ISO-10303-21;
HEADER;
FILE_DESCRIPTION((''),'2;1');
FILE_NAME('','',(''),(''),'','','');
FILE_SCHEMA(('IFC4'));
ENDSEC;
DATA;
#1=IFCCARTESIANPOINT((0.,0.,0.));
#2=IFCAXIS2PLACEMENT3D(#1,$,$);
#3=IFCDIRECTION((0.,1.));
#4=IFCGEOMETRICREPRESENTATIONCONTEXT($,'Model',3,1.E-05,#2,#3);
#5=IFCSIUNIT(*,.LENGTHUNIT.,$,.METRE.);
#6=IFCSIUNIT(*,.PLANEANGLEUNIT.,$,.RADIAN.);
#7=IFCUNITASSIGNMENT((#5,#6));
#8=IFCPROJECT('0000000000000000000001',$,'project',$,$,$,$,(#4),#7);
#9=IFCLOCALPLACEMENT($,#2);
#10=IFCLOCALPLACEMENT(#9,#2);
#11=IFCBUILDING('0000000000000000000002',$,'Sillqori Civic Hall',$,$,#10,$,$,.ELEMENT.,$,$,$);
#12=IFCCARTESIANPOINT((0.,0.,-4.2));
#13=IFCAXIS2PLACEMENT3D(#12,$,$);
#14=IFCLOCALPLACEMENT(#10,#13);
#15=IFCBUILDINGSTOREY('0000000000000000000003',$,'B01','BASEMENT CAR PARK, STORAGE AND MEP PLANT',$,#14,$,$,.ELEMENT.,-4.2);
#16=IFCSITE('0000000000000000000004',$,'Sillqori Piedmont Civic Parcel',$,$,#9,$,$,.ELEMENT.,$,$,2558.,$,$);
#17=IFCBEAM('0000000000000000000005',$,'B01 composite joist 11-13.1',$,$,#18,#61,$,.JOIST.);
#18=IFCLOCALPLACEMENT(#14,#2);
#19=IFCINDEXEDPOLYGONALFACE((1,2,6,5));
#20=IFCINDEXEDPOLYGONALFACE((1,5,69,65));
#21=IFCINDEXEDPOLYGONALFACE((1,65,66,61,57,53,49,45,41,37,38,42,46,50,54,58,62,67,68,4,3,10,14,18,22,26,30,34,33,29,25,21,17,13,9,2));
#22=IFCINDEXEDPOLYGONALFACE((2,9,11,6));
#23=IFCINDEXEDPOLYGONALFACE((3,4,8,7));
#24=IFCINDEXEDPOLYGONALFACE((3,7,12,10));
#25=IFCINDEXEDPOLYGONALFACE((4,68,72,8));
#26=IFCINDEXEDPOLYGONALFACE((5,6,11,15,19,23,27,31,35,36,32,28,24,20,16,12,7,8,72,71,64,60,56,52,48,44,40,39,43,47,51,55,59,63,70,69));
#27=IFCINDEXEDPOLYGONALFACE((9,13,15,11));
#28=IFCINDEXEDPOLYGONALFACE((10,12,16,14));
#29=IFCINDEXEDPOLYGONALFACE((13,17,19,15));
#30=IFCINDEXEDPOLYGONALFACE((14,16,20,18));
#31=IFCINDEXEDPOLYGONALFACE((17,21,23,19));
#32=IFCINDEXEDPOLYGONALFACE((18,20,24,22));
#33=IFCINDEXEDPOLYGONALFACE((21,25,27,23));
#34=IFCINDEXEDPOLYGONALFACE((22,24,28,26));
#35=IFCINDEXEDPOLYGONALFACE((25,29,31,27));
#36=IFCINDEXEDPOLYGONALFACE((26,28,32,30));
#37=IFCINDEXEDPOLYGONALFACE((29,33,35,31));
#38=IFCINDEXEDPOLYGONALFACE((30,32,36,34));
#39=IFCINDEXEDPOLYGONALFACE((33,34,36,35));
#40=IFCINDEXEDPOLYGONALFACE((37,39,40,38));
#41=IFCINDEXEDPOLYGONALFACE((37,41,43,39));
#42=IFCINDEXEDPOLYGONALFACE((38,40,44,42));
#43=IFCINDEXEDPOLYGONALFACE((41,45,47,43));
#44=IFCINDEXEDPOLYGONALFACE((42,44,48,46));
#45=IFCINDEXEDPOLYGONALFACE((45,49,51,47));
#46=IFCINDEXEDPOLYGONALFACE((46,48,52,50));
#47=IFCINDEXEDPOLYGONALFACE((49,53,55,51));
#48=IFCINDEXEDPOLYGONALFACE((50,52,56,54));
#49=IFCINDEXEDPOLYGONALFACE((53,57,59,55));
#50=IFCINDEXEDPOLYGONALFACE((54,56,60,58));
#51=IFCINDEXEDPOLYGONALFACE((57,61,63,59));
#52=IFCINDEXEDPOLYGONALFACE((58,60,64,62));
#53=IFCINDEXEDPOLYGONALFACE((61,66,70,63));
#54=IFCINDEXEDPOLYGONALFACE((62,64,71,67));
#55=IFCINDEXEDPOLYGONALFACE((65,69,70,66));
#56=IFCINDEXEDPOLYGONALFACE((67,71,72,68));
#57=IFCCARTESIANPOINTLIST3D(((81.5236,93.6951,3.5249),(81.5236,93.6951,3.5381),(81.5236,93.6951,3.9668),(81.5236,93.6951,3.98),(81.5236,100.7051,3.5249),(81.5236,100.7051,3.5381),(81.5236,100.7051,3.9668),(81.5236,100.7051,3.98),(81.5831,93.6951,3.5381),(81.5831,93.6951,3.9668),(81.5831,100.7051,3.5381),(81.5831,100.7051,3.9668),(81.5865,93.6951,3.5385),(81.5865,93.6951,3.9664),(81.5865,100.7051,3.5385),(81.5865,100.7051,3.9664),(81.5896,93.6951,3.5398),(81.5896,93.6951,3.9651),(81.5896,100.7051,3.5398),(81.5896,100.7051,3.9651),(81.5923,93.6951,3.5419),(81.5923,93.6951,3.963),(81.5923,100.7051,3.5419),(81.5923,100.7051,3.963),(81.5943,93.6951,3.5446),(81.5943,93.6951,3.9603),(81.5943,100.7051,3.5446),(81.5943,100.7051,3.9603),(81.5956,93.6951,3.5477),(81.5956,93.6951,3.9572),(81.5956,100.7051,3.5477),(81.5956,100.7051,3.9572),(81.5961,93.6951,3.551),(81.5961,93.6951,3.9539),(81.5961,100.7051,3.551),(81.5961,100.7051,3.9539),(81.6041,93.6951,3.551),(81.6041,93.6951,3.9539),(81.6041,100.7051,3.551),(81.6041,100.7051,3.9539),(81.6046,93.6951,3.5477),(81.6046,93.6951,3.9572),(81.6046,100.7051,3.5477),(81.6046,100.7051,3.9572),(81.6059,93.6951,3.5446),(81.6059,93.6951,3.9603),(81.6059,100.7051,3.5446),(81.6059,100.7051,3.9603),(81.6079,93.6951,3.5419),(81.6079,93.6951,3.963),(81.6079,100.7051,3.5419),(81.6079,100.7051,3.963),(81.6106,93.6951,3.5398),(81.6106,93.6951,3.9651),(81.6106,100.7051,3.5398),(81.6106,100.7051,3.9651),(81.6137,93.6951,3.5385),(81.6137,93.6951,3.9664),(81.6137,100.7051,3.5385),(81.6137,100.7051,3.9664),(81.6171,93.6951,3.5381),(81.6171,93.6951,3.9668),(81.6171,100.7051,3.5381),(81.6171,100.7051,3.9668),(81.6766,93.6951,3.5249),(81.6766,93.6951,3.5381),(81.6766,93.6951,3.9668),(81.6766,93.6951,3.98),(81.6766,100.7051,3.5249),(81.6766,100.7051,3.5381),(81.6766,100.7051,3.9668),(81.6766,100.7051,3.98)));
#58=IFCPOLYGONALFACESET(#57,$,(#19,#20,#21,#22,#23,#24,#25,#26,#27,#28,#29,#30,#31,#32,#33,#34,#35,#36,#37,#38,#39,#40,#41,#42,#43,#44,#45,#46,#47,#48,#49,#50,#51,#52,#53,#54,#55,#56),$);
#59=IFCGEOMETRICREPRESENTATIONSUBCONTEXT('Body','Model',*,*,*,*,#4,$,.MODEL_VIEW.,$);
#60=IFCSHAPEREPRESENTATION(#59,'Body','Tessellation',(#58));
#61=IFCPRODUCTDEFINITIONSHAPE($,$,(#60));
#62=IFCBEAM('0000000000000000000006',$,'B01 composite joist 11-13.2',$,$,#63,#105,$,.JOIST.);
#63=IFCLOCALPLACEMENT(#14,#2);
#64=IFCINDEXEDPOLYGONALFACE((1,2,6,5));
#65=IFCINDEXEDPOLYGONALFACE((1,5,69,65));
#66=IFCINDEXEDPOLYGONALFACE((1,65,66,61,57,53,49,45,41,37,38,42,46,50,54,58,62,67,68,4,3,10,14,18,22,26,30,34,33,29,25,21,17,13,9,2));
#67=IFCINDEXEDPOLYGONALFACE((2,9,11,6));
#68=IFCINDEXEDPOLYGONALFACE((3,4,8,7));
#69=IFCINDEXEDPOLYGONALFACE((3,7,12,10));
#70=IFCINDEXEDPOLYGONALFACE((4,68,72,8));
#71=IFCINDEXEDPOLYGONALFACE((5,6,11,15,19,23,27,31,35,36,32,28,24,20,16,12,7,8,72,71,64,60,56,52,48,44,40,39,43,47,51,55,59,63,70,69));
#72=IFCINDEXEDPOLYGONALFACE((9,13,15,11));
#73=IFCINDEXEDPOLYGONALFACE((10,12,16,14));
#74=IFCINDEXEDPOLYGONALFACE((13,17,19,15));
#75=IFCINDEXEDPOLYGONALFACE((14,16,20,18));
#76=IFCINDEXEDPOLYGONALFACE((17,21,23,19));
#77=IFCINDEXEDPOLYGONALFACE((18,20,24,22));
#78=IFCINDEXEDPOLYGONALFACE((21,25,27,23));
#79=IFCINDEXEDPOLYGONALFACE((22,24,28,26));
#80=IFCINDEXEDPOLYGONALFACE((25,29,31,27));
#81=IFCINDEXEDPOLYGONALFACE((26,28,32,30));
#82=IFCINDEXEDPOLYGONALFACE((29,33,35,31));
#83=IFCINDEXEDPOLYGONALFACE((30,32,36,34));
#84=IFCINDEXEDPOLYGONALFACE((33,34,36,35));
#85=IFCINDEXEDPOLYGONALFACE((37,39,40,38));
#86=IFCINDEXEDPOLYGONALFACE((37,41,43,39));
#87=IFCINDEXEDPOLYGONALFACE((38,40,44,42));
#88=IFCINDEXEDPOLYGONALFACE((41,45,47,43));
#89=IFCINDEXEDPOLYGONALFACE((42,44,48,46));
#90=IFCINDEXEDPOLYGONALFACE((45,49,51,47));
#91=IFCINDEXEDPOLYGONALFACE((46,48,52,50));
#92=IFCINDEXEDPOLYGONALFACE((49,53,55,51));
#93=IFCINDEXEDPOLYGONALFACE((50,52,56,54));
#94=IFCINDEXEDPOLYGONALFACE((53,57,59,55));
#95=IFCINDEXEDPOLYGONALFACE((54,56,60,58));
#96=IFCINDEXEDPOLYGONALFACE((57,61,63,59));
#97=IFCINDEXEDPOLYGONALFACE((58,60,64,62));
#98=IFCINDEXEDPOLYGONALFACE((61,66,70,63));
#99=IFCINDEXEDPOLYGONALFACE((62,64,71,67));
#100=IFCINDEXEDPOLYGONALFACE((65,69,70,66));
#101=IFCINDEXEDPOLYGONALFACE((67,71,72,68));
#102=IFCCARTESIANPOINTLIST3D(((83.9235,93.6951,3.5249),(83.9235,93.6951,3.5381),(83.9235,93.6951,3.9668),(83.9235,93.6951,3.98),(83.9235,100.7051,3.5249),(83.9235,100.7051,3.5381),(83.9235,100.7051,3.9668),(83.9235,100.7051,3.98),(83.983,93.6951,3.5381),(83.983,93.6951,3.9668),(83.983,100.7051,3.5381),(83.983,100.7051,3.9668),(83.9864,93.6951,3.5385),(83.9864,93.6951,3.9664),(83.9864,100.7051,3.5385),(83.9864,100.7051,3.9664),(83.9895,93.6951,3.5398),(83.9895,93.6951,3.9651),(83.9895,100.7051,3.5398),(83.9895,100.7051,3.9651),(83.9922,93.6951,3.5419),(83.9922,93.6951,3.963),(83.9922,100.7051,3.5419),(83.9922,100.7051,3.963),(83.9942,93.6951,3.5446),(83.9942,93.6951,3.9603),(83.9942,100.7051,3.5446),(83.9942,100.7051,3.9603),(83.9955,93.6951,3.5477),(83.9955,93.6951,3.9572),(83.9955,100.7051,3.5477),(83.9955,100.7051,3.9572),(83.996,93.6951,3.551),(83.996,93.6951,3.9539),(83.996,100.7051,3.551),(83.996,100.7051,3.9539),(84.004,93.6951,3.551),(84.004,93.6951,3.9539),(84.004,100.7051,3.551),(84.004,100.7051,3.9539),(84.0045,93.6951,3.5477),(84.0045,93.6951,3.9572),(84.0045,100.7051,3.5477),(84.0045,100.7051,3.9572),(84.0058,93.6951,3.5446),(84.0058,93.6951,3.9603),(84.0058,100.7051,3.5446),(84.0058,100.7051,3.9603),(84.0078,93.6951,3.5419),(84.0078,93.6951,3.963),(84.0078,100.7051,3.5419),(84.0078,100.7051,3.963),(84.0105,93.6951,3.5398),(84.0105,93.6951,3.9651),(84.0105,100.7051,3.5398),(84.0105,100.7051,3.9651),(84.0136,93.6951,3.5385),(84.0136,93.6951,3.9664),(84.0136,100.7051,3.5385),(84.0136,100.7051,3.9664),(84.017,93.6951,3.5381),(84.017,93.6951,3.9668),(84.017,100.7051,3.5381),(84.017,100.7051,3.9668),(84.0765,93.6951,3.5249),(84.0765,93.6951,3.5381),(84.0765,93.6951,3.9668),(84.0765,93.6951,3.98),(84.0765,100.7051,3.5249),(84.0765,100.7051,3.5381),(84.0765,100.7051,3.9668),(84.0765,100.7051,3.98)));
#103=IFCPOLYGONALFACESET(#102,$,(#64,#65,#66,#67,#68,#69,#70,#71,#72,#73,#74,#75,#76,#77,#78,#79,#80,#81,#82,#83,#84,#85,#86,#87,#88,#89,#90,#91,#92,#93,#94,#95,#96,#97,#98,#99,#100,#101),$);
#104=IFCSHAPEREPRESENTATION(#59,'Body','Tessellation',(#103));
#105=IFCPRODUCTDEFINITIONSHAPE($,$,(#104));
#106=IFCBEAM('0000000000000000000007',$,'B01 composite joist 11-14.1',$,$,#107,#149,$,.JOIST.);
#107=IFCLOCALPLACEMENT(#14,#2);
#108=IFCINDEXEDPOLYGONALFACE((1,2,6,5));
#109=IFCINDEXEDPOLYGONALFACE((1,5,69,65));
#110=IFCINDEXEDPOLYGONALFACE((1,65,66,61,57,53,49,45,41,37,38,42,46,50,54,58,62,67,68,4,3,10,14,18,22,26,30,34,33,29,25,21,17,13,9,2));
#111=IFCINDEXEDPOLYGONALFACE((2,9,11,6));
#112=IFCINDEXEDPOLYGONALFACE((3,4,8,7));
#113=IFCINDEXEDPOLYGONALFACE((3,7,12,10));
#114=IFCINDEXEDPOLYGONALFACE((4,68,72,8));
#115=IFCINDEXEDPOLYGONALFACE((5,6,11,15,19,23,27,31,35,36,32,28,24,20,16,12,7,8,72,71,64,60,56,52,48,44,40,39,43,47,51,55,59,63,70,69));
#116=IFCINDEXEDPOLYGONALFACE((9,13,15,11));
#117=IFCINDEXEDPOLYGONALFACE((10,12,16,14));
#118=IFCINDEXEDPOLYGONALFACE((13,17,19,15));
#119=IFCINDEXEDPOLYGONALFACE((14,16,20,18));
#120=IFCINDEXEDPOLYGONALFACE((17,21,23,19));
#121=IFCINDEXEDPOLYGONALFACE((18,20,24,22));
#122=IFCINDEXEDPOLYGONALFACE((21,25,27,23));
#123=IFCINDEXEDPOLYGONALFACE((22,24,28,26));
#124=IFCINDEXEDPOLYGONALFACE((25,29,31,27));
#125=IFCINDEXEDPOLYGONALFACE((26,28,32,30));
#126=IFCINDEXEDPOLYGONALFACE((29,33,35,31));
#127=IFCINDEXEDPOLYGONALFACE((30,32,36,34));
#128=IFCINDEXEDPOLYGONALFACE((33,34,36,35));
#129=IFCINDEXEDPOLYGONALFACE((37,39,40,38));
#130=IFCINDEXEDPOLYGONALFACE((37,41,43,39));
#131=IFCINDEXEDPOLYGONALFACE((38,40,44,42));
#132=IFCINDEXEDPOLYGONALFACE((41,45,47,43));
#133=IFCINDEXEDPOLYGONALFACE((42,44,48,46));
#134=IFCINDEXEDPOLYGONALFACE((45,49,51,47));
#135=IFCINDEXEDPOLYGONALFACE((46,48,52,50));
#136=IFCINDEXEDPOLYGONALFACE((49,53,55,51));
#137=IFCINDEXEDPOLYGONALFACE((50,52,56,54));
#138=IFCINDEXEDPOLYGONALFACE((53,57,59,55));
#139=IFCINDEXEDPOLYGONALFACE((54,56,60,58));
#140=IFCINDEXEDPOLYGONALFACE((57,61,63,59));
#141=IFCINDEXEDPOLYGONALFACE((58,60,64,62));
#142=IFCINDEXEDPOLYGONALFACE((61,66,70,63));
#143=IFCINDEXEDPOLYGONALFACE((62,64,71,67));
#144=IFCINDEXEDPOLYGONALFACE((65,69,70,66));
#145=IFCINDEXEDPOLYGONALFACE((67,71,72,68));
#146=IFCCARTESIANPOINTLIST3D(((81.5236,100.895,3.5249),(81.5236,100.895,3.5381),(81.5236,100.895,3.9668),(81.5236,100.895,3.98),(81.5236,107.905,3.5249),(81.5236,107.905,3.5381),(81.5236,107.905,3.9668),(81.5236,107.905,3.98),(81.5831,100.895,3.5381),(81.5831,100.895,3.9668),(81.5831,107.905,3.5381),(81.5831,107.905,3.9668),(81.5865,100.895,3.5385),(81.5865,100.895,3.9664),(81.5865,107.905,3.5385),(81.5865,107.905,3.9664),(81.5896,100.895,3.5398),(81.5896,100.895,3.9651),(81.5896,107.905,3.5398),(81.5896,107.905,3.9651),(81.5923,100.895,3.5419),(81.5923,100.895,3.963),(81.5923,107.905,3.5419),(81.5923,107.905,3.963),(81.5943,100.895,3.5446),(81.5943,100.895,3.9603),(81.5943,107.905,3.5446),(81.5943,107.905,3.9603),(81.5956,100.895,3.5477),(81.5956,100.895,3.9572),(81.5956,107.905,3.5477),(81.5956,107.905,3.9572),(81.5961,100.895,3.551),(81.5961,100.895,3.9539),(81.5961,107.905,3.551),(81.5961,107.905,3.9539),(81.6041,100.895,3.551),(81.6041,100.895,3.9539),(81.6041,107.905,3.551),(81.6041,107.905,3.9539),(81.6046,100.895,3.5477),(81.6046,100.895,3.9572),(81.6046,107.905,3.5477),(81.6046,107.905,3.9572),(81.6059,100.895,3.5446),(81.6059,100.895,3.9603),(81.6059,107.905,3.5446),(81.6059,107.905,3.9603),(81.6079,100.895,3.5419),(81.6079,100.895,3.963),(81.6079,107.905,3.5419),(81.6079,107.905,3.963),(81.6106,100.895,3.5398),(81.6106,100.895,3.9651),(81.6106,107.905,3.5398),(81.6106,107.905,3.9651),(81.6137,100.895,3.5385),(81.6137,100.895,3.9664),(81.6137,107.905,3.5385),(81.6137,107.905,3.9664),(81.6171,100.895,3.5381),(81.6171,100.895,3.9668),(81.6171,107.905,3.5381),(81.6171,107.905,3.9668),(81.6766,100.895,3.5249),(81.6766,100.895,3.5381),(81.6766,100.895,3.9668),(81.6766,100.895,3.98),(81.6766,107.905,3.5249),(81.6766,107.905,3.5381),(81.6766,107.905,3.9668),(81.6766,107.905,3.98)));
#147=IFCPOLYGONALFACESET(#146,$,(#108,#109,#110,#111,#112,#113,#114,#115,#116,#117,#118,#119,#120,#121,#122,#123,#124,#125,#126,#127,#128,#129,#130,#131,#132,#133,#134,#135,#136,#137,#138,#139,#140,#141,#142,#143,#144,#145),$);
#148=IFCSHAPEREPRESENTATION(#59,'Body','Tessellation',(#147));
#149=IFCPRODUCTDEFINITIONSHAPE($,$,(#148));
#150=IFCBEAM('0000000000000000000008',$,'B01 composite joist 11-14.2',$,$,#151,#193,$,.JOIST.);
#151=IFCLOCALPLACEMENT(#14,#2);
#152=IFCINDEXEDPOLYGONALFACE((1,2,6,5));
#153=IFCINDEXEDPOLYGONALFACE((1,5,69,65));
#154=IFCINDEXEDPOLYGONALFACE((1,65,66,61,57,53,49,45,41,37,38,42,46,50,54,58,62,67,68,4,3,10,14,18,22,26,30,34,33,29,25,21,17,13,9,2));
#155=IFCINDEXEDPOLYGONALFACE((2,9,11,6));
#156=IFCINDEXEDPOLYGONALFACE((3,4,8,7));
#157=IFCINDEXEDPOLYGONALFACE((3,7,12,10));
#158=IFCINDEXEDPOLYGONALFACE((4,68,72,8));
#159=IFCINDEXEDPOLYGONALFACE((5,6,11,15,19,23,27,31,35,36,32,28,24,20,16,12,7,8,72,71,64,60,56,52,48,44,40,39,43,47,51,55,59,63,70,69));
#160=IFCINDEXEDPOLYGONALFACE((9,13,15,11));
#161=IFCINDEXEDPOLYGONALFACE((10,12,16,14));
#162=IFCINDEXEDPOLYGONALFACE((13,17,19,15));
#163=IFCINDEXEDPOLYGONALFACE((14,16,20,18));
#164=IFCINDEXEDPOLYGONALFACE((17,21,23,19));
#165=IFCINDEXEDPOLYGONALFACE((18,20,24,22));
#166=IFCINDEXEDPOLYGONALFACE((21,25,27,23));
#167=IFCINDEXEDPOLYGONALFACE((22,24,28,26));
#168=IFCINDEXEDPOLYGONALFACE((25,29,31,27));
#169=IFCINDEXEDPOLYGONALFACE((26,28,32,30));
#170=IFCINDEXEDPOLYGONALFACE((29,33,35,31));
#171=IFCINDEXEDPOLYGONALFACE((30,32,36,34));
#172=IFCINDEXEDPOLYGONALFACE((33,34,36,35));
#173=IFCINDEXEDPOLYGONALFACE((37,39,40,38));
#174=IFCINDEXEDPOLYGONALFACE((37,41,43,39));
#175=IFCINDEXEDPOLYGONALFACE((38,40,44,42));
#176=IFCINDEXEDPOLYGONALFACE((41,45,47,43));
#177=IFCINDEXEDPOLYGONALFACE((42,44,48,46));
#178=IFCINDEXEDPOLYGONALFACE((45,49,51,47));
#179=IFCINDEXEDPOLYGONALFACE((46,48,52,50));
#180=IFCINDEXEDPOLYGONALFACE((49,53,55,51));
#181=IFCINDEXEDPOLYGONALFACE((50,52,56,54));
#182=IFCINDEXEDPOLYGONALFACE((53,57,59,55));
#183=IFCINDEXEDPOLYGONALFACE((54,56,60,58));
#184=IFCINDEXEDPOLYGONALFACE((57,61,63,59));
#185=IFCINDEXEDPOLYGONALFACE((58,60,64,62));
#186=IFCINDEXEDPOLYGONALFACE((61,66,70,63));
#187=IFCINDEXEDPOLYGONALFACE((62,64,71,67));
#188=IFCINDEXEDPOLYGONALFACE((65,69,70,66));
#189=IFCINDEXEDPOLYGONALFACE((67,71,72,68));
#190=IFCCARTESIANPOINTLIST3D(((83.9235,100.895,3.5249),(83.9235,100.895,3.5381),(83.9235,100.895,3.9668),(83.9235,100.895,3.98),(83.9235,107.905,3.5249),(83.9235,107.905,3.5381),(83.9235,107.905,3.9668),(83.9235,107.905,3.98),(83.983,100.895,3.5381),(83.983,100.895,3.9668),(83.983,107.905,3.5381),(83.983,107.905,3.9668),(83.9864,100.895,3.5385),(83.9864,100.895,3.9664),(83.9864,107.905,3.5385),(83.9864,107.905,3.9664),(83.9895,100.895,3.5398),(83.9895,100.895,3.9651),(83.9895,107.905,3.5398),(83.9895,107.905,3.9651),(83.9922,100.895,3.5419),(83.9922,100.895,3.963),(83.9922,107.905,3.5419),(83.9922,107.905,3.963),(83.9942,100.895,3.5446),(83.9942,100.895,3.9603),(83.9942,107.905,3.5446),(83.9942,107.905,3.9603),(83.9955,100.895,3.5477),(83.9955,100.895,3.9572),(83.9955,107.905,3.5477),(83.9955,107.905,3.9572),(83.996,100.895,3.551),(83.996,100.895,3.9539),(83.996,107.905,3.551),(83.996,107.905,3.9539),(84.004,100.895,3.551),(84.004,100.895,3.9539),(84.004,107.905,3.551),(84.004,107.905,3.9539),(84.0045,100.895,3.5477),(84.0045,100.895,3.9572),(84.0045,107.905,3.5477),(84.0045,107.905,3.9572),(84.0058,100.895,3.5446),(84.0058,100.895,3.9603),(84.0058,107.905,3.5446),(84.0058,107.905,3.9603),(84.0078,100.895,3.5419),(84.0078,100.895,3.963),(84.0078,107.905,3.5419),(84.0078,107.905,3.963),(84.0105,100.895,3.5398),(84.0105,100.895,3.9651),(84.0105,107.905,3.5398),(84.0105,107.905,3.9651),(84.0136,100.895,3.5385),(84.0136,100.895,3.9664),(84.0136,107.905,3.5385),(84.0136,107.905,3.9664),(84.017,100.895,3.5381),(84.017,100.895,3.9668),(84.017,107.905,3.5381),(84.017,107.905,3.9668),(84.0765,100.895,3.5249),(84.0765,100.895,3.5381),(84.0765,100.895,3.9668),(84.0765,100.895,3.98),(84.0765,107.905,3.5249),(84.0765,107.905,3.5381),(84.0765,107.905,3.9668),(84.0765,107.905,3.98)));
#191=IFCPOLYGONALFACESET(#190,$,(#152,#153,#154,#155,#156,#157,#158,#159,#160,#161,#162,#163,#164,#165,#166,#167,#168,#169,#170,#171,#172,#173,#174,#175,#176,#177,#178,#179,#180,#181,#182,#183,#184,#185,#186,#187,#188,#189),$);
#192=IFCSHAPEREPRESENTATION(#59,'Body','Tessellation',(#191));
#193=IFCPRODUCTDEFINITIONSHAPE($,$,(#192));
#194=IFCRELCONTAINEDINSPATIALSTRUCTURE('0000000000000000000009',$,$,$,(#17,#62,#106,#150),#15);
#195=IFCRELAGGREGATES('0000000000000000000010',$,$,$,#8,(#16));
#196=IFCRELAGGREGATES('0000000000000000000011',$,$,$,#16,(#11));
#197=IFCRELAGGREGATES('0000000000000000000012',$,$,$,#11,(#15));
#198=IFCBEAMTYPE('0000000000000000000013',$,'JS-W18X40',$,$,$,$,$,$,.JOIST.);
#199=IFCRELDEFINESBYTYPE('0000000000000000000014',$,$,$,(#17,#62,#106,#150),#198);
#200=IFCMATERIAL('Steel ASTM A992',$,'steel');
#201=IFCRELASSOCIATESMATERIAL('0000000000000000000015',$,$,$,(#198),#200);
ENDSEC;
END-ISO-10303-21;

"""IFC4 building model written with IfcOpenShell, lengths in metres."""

from ifc_helpers import new_model, si_unit, direction, frame, origin, origin_2d, place, context, subcontext, project, spatial, i_section, extrude, material, material_profile, profile_set, type_object, element, save


model = new_model("IFC4")

# Units and contexts
model_context = context("Model", 3, precision=1e-05, world=origin(), true_north=direction((0.0, 1.0)))
body_context = subcontext(model_context, "Body", "Model", "MODEL_VIEW")
ifc_project = project(units=[si_unit("LENGTHUNIT", "METRE"), si_unit("PLANEANGLEUNIT", "RADIAN")], contexts=[model_context])

# Site, building, storey
site_placement = place(None, origin())
site = spatial("IfcSite", under=ifc_project, at=site_placement, Name="Sillqori Piedmont Civic Parcel", CompositionType="ELEMENT", RefElevation=2558.0)
building_placement = place(site_placement, origin())
building = spatial("IfcBuilding", under=site, at=building_placement, Name="Sillqori Civic Hall", CompositionType="ELEMENT")
storey_placement = place(building_placement, frame((0.0, 0.0, -4.2)))
storey = spatial("IfcBuildingStorey", under=building, at=storey_placement, Name="B01", Description="BASEMENT CAR PARK, STORAGE AND MEP PLANT", CompositionType="ELEMENT", Elevation=-4.2)

# Shared definitions
ifc_material_1 = material(Name="Steel ASTM A992", Category="steel")

# Beams
ifc_material_profile_1 = material_profile(ifc_material_1, i_section(OverallWidth=0.1531, OverallDepth=0.4551, WebThickness=0.0081, FlangeThickness=0.0132, FilletRadius=0.0129, at=origin_2d()), Name="W18X40")
ifc_profile_set_1 = profile_set([ifc_material_profile_1], Name="Steel ASTM A992")
beam_type_1 = type_object("IfcBeamType", Name="JS-W18X40", PredefinedType="JOIST", material=ifc_profile_set_1)
for number, where, z_axis, x_axis, name in (
    (1, (81.6001, 93.6951, 3.7524), (0.0, 1.0, 0.0), (-1.0, 0.0, 0.0), "B01 composite joist 11-13.1"),
    (2, (84.0, 93.6951, 3.7524), (0.0, 1.0, 0.0), (-1.0, 0.0, 0.0), "B01 composite joist 11-13.2"),
    (3, (81.6001, 100.895, 3.7524), (0.0, 1.0, 0.0), (-1.0, 0.0, 0.0), "B01 composite joist 11-14.1"),
    (4, (84.0, 100.895, 3.7524), (0.0, 1.0, 0.0), (-1.0, 0.0, 0.0), "B01 composite joist 11-14.2"),
):
    element("IfcBeam", number, at=place(storey_placement, frame(where, z_axis=z_axis, x_axis=x_axis)), inside=storey, type_object=beam_type_1, Name=name, PredefinedType="JOIST", context=body_context, shape_type="SweptSolid", body=[
        extrude(i_section(OverallWidth=0.1531, OverallDepth=0.4551, WebThickness=0.0081, FlangeThickness=0.0132, FilletRadius=0.0129, at=origin_2d()), origin(), (0.0, 0.0, 1.0), 7.01),
    ])

save(model, "model.ifc")
